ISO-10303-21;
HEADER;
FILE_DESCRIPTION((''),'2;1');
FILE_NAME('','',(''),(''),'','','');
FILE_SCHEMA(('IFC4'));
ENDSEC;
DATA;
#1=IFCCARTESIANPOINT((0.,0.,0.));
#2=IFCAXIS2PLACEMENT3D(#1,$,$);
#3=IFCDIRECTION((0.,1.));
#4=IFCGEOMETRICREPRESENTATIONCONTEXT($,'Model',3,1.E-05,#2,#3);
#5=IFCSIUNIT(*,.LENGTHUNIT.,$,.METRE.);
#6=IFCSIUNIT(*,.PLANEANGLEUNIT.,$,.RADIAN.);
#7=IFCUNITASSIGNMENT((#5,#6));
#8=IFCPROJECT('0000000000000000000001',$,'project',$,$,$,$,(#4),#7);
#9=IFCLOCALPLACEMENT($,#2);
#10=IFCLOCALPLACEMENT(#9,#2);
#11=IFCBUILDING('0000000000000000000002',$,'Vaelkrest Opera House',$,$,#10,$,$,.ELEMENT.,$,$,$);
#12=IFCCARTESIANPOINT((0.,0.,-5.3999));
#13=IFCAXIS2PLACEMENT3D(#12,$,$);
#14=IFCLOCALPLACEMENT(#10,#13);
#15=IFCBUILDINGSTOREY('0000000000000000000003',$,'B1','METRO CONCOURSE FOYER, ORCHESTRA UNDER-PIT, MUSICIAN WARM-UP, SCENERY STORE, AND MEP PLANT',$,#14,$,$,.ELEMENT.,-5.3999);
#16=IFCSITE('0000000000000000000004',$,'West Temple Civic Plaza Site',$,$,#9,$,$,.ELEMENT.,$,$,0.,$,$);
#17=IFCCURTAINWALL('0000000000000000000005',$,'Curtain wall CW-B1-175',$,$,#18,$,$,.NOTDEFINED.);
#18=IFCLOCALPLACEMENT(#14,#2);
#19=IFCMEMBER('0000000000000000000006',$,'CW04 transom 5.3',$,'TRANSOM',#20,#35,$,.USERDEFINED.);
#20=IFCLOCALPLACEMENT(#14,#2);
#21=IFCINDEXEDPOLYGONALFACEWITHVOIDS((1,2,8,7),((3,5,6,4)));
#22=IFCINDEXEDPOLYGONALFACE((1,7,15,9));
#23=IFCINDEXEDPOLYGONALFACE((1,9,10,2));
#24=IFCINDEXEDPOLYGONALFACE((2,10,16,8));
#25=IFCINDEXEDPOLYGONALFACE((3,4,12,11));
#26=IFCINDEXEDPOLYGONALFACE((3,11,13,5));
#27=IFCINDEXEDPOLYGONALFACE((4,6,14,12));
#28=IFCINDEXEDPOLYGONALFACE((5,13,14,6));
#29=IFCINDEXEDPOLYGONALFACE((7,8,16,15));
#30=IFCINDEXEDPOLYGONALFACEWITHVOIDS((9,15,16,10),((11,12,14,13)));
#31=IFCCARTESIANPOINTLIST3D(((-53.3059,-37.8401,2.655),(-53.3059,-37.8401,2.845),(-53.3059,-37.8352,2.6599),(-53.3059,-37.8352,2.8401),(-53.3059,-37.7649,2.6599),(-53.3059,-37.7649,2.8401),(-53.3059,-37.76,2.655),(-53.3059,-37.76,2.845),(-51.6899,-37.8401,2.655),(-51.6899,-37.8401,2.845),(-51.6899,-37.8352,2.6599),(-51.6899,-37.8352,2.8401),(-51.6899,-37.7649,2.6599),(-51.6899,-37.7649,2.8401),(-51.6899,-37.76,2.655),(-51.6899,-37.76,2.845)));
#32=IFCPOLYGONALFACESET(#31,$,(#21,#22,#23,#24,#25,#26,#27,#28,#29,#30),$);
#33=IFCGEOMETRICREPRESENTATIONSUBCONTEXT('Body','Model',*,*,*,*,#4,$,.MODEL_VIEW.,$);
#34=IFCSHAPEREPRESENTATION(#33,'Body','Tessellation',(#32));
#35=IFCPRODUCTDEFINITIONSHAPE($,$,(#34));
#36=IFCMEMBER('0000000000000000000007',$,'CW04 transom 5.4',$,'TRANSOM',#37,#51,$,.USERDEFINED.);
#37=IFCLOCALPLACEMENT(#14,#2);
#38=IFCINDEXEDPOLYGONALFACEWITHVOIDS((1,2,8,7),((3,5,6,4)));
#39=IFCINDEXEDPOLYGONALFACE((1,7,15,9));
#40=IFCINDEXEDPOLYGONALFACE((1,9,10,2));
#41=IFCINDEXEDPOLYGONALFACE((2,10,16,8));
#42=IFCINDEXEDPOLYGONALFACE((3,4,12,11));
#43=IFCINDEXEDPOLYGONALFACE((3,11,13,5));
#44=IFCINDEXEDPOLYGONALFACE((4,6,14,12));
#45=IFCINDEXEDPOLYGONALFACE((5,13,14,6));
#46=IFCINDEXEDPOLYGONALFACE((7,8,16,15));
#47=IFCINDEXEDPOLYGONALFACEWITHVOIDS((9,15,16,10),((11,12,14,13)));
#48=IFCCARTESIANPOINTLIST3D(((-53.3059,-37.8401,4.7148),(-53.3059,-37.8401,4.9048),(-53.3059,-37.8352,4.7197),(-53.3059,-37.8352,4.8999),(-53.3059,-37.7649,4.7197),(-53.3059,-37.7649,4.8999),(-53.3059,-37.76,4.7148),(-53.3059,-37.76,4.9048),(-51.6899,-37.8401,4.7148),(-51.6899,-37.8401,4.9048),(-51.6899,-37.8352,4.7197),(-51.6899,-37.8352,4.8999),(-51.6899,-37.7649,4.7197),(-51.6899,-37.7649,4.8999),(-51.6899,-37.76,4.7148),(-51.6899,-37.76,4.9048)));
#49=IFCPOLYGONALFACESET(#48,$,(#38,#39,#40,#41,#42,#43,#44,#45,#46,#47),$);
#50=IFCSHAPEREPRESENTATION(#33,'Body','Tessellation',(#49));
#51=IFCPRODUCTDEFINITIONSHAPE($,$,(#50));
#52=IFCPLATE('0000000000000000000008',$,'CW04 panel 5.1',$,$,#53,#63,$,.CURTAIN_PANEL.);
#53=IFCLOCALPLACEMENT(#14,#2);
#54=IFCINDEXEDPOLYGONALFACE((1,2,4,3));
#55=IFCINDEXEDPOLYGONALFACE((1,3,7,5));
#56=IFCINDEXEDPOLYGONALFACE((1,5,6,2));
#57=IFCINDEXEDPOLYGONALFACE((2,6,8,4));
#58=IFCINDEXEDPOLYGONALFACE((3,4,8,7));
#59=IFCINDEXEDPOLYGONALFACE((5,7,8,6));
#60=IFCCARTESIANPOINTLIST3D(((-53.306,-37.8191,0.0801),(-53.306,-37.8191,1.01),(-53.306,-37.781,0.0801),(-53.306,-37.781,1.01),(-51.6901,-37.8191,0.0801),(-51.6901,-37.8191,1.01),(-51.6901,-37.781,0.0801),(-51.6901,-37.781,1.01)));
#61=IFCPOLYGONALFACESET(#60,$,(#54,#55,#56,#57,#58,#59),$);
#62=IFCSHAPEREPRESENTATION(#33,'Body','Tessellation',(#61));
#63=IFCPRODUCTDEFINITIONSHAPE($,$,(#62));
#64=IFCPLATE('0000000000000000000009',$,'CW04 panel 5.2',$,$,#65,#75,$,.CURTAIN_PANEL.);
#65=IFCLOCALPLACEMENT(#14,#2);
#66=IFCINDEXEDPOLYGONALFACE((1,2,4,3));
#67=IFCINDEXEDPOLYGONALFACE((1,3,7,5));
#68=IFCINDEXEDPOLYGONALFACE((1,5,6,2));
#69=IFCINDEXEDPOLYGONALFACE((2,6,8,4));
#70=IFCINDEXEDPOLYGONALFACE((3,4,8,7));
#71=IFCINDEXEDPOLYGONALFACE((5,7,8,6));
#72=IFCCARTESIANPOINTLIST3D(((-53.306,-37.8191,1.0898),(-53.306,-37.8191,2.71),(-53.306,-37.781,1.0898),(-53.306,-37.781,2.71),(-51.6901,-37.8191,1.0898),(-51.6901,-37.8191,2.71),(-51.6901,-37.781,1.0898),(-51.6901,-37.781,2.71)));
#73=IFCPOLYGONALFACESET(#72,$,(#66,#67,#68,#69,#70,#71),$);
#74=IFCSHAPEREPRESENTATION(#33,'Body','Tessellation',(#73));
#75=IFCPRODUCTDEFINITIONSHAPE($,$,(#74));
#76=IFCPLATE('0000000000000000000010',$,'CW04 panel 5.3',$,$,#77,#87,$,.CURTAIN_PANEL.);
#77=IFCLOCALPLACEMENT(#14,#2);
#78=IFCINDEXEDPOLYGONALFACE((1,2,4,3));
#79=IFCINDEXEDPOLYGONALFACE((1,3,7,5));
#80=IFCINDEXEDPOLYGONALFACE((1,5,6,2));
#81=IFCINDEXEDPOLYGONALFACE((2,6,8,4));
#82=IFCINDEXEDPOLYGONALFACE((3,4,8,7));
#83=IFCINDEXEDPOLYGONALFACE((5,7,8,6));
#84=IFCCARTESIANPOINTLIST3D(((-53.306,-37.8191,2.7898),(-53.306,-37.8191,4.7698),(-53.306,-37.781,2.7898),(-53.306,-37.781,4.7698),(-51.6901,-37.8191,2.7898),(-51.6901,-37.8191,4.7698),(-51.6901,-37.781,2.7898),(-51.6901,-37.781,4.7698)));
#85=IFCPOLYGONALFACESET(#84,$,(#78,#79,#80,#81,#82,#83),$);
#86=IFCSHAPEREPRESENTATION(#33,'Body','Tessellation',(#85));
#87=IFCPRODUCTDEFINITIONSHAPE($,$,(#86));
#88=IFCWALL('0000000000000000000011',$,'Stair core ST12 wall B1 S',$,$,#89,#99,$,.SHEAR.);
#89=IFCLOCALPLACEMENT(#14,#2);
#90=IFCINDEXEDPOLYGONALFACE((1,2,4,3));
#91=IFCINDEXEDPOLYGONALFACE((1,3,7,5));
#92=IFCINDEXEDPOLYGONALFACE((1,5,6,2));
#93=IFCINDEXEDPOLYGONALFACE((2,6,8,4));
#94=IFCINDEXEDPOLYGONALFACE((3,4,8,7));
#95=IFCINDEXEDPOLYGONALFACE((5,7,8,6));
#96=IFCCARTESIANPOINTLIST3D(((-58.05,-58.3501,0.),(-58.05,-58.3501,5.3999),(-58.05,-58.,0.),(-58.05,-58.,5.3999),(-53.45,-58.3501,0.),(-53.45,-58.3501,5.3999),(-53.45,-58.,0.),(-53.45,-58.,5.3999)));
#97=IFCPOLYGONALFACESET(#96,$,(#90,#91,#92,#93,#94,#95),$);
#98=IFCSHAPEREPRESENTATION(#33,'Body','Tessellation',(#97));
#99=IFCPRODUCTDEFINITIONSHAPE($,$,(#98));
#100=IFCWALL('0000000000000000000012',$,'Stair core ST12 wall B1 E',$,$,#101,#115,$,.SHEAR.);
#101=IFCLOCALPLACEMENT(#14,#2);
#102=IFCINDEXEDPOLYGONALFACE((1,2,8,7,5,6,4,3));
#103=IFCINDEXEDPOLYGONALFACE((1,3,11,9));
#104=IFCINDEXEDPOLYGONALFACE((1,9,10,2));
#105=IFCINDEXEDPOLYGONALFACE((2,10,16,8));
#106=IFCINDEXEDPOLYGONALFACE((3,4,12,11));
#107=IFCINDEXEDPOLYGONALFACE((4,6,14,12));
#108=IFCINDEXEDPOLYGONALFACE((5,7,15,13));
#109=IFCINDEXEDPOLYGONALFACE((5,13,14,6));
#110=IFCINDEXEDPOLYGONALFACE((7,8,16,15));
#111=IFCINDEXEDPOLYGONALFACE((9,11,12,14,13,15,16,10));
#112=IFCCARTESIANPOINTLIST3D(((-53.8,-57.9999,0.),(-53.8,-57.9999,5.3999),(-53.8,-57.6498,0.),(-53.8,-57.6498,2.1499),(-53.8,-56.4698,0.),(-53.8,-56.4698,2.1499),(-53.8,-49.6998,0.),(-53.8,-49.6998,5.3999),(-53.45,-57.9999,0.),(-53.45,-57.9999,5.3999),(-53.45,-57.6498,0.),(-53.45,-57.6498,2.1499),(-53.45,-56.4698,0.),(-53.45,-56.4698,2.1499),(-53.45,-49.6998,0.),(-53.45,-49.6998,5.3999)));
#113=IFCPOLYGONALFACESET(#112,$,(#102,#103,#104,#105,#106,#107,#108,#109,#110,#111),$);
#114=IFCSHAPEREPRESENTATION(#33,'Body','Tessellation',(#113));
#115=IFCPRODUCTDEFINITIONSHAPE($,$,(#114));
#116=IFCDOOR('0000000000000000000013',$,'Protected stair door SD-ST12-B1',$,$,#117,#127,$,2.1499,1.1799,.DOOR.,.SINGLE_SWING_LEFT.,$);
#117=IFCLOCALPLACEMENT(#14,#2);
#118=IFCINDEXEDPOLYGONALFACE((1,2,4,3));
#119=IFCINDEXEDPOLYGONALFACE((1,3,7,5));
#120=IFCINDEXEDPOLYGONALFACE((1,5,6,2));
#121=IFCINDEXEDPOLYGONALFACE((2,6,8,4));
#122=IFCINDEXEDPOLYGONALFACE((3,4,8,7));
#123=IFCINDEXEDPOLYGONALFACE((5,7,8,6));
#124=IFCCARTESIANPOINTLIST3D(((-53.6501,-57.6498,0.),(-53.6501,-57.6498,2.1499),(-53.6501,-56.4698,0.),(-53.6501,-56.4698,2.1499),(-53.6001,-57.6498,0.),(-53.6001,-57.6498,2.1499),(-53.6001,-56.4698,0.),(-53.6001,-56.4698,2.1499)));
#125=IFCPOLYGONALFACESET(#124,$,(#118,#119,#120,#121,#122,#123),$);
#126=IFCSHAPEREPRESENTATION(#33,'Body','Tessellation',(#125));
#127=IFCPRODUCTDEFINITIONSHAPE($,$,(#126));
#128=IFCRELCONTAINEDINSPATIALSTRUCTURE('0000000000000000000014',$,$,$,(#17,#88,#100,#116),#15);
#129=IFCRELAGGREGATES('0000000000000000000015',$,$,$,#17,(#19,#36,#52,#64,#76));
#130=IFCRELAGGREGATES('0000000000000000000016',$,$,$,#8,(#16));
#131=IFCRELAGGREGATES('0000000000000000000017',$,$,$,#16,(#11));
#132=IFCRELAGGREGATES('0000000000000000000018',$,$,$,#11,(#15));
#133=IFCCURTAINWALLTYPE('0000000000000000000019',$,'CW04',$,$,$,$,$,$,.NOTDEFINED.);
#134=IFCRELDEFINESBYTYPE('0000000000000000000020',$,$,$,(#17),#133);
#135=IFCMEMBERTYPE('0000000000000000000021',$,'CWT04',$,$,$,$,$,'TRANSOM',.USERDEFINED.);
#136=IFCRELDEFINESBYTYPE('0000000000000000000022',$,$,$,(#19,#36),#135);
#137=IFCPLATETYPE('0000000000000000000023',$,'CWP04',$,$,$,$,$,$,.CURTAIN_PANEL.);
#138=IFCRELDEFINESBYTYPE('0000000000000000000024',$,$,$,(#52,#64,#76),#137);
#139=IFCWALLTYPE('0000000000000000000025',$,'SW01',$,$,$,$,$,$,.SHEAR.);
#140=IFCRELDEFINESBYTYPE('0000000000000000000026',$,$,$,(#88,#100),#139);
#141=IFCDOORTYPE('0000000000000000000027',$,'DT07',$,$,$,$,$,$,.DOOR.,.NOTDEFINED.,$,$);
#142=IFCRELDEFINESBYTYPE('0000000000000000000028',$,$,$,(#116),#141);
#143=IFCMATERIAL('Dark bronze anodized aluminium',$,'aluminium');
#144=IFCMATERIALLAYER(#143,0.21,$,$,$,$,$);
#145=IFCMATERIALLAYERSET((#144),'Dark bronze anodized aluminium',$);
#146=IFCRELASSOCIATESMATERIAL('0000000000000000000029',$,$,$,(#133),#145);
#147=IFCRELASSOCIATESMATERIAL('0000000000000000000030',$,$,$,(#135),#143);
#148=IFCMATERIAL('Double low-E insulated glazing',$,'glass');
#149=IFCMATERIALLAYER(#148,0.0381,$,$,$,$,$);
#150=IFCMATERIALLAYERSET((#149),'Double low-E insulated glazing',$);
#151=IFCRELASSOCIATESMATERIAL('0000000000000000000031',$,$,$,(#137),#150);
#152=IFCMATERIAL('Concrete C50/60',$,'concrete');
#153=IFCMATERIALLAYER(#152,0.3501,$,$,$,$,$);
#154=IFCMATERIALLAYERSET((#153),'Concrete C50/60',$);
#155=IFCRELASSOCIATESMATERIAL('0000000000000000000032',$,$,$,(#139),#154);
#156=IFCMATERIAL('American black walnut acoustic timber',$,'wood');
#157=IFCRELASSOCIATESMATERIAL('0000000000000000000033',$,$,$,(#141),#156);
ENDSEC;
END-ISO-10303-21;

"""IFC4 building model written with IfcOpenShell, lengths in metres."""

from ifc_helpers import new_model, si_unit, direction, frame, frame_2d, origin, origin_2d, place, context, subcontext, project, spatial, rectangle, hollow_rectangle, extrude, material, layer, layer_set, material_profile, profile_set, type_object, element, fill, aggregate, save


model = new_model("IFC4")

# Units and contexts
model_context = context("Model", 3, precision=1e-05, world=origin(), true_north=direction((0.0, 1.0)))
body_context = subcontext(model_context, "Body", "Model", "MODEL_VIEW")
ifc_project = project(units=[si_unit("LENGTHUNIT", "METRE"), si_unit("PLANEANGLEUNIT", "RADIAN")], contexts=[model_context])

# Site, building, storey
site_placement = place(None, origin())
site = spatial("IfcSite", under=ifc_project, at=site_placement, Name="West Temple Civic Plaza Site", CompositionType="ELEMENT", RefElevation=0.0)
building_placement = place(site_placement, origin())
building = spatial("IfcBuilding", under=site, at=building_placement, Name="Vaelkrest Opera House", CompositionType="ELEMENT")
storey_placement = place(building_placement, frame((0.0, 0.0, -5.3999)))
storey = spatial("IfcBuildingStorey", under=building, at=storey_placement, Name="B1", Description="METRO CONCOURSE FOYER, ORCHESTRA UNDER-PIT, MUSICIAN WARM-UP, SCENERY STORE, AND MEP PLANT", CompositionType="ELEMENT", Elevation=-5.3999)

# Curtain wall, members, plates
ifc_material_1 = material(Name="Dark bronze anodized aluminium", Category="aluminium")
ifc_layer_1 = layer(ifc_material_1, 0.21)
ifc_layer_set_1 = layer_set([ifc_layer_1], Name="Dark bronze anodized aluminium")
curtain_wall_type = type_object("IfcCurtainWallType", Name="CW04", PredefinedType="NOTDEFINED", material=ifc_layer_set_1)
curtain_wall_placement = place(storey_placement, origin())
curtain_wall = element("IfcCurtainWall", 1, at=curtain_wall_placement, inside=storey, type_object=curtain_wall_type, Name="Curtain wall CW-B1-175", PredefinedType="NOTDEFINED")
ifc_material_profile_1 = material_profile(ifc_material_1, hollow_rectangle(XDim=0.0801, YDim=0.1899, WallThickness=0.0049, at=origin_2d()), Name="CWT80X190")
ifc_profile_set_1 = profile_set([ifc_material_profile_1], Name="Dark bronze anodized aluminium")
member_type_1 = type_object("IfcMemberType", Name="CWT04", ElementType="TRANSOM", PredefinedType="USERDEFINED", material=ifc_profile_set_1)
member_1_placement = place(storey_placement, frame((-53.3059, -37.8, 2.75), z_axis=(1.0, 0.0, 0.0), x_axis=(0.0, 1.0, 0.0)))
member_1 = element("IfcMember", 2, at=member_1_placement, type_object=member_type_1, Name="CW04 transom 5.3", ObjectType="TRANSOM", PredefinedType="USERDEFINED", context=body_context, shape_type="SweptSolid", body=[
    extrude(hollow_rectangle(XDim=0.0801, YDim=0.1899, WallThickness=0.0049, at=origin_2d()), origin(), (0.0, 0.0, 1.0), 1.616),
])
member_2_placement = place(storey_placement, frame((-53.3059, -37.8, 4.8098), z_axis=(1.0, 0.0, 0.0), x_axis=(0.0, 1.0, 0.0)))
member_2 = element("IfcMember", 3, at=member_2_placement, type_object=member_type_1, Name="CW04 transom 5.4", ObjectType="TRANSOM", PredefinedType="USERDEFINED", context=body_context, shape_type="SweptSolid", body=[
    extrude(hollow_rectangle(XDim=0.0801, YDim=0.1899, WallThickness=0.0049, at=origin_2d()), origin(), (0.0, 0.0, 1.0), 1.616),
])
ifc_material_2 = material(Name="Double low-E insulated glazing", Category="glass")
ifc_layer_2 = layer(ifc_material_2, 0.0381)
ifc_layer_set_2 = layer_set([ifc_layer_2], Name="Double low-E insulated glazing")
plate_type = type_object("IfcPlateType", Name="CWP04", PredefinedType="CURTAIN_PANEL", material=ifc_layer_set_2)
plate_1_placement = place(storey_placement, frame((-52.498, -37.8, 0.0801), z_axis=(0.0, 0.0, 1.0), x_axis=(1.0, 0.0, 0.0)))
plate_1 = element("IfcPlate", 4, at=plate_1_placement, type_object=plate_type, Name="CW04 panel 5.1", PredefinedType="CURTAIN_PANEL", context=body_context, shape_type="SweptSolid", body=[
    extrude(rectangle(XDim=1.616, YDim=0.0381, at=origin_2d()), origin(), (0.0, 0.0, 1.0), 0.9299),
])
plate_2_placement = place(storey_placement, frame((-52.498, -37.8, 1.0898), z_axis=(0.0, 0.0, 1.0), x_axis=(1.0, 0.0, 0.0)))
plate_2 = element("IfcPlate", 5, at=plate_2_placement, type_object=plate_type, Name="CW04 panel 5.2", PredefinedType="CURTAIN_PANEL", context=body_context, shape_type="SweptSolid", body=[
    extrude(rectangle(XDim=1.616, YDim=0.0381, at=origin_2d()), origin(), (0.0, 0.0, 1.0), 1.6201),
])
plate_3_placement = place(storey_placement, frame((-52.498, -37.8, 2.7898), z_axis=(0.0, 0.0, 1.0), x_axis=(1.0, 0.0, 0.0)))
plate_3 = element("IfcPlate", 6, at=plate_3_placement, type_object=plate_type, Name="CW04 panel 5.3", PredefinedType="CURTAIN_PANEL", context=body_context, shape_type="SweptSolid", body=[
    extrude(rectangle(XDim=1.616, YDim=0.0381, at=origin_2d()), origin(), (0.0, 0.0, 1.0), 1.98),
])
aggregate(curtain_wall, [member_1, member_2, plate_1, plate_2, plate_3])

# Wall
ifc_material_3 = material(Name="Concrete C50/60", Category="concrete")
ifc_layer_3 = layer(ifc_material_3, 0.3501)
ifc_layer_set_3 = layer_set([ifc_layer_3], Name="Concrete C50/60")
wall_type = type_object("IfcWallType", Name="SW01", PredefinedType="SHEAR", material=ifc_layer_set_3)
wall_1_placement = place(storey_placement, frame((-53.45, -58.175, 0.0), z_axis=(0.0, 0.0, 1.0), x_axis=(-1.0, 0.0, 0.0)))
element("IfcWall", 7, at=wall_1_placement, inside=storey, type_object=wall_type, Name="Stair core ST12 wall B1 S", PredefinedType="SHEAR", context=body_context, shape_type="SweptSolid", body=[
    extrude(rectangle(XDim=4.6001, YDim=0.3501, at=frame_2d((2.3, 0.0))), origin(), (0.0, 0.0, 1.0), 5.3999),
])

# Wall, opening, door
wall_2_placement = place(storey_placement, frame((-53.625, -49.7, 0.0), z_axis=(0.0, 0.0, 1.0), x_axis=(0.0, -1.0, 0.0)))
wall_2 = element("IfcWall", 8, at=wall_2_placement, inside=storey, type_object=wall_type, Name="Stair core ST12 wall B1 E", PredefinedType="SHEAR", context=body_context, shape_type="SweptSolid", body=[
    extrude(rectangle(XDim=8.3, YDim=0.3501, at=frame_2d((4.1499, 0.0))), origin(), (0.0, 0.0, 1.0), 5.3999),
])
opening_placement = place(wall_2_placement, frame((6.77, 0.0, 0.0)))
opening = element("IfcOpeningElement", 9, at=opening_placement, cuts=wall_2, PredefinedType="OPENING", context=body_context, shape_type="SweptSolid", body=[
    extrude(rectangle(XDim=1.1799, YDim=2.1499, at=frame_2d((0.5898, 1.075))), frame((0.0, 0.1851, 0.0), z_axis=(0.0, -1.0, 0.0), x_axis=(1.0, 0.0, 0.0)), (0.0, 0.0, 1.0), 0.3701),
])
ifc_material_4 = material(Name="American black walnut acoustic timber", Category="wood")
door_type = type_object("IfcDoorType", Name="DT07", OperationType="NOTDEFINED", PredefinedType="DOOR", material=ifc_material_4)
door_placement = place(opening_placement, origin())
door = element("IfcDoor", 10, at=door_placement, inside=storey, type_object=door_type, Name="Protected stair door SD-ST12-B1", OperationType="SINGLE_SWING_LEFT", OverallHeight=2.1499, OverallWidth=1.1799, PredefinedType="DOOR", context=body_context, shape_type="SweptSolid", body=[
    extrude(rectangle(XDim=1.1799, YDim=2.1499, at=frame_2d((0.5898, 1.075))), frame((0.0, 0.0249, 0.0), z_axis=(0.0, -1.0, 0.0), x_axis=(1.0, 0.0, 0.0)), (0.0, 0.0, 1.0), 0.05),
])
fill(opening, door)

save(model, "model.ifc")
